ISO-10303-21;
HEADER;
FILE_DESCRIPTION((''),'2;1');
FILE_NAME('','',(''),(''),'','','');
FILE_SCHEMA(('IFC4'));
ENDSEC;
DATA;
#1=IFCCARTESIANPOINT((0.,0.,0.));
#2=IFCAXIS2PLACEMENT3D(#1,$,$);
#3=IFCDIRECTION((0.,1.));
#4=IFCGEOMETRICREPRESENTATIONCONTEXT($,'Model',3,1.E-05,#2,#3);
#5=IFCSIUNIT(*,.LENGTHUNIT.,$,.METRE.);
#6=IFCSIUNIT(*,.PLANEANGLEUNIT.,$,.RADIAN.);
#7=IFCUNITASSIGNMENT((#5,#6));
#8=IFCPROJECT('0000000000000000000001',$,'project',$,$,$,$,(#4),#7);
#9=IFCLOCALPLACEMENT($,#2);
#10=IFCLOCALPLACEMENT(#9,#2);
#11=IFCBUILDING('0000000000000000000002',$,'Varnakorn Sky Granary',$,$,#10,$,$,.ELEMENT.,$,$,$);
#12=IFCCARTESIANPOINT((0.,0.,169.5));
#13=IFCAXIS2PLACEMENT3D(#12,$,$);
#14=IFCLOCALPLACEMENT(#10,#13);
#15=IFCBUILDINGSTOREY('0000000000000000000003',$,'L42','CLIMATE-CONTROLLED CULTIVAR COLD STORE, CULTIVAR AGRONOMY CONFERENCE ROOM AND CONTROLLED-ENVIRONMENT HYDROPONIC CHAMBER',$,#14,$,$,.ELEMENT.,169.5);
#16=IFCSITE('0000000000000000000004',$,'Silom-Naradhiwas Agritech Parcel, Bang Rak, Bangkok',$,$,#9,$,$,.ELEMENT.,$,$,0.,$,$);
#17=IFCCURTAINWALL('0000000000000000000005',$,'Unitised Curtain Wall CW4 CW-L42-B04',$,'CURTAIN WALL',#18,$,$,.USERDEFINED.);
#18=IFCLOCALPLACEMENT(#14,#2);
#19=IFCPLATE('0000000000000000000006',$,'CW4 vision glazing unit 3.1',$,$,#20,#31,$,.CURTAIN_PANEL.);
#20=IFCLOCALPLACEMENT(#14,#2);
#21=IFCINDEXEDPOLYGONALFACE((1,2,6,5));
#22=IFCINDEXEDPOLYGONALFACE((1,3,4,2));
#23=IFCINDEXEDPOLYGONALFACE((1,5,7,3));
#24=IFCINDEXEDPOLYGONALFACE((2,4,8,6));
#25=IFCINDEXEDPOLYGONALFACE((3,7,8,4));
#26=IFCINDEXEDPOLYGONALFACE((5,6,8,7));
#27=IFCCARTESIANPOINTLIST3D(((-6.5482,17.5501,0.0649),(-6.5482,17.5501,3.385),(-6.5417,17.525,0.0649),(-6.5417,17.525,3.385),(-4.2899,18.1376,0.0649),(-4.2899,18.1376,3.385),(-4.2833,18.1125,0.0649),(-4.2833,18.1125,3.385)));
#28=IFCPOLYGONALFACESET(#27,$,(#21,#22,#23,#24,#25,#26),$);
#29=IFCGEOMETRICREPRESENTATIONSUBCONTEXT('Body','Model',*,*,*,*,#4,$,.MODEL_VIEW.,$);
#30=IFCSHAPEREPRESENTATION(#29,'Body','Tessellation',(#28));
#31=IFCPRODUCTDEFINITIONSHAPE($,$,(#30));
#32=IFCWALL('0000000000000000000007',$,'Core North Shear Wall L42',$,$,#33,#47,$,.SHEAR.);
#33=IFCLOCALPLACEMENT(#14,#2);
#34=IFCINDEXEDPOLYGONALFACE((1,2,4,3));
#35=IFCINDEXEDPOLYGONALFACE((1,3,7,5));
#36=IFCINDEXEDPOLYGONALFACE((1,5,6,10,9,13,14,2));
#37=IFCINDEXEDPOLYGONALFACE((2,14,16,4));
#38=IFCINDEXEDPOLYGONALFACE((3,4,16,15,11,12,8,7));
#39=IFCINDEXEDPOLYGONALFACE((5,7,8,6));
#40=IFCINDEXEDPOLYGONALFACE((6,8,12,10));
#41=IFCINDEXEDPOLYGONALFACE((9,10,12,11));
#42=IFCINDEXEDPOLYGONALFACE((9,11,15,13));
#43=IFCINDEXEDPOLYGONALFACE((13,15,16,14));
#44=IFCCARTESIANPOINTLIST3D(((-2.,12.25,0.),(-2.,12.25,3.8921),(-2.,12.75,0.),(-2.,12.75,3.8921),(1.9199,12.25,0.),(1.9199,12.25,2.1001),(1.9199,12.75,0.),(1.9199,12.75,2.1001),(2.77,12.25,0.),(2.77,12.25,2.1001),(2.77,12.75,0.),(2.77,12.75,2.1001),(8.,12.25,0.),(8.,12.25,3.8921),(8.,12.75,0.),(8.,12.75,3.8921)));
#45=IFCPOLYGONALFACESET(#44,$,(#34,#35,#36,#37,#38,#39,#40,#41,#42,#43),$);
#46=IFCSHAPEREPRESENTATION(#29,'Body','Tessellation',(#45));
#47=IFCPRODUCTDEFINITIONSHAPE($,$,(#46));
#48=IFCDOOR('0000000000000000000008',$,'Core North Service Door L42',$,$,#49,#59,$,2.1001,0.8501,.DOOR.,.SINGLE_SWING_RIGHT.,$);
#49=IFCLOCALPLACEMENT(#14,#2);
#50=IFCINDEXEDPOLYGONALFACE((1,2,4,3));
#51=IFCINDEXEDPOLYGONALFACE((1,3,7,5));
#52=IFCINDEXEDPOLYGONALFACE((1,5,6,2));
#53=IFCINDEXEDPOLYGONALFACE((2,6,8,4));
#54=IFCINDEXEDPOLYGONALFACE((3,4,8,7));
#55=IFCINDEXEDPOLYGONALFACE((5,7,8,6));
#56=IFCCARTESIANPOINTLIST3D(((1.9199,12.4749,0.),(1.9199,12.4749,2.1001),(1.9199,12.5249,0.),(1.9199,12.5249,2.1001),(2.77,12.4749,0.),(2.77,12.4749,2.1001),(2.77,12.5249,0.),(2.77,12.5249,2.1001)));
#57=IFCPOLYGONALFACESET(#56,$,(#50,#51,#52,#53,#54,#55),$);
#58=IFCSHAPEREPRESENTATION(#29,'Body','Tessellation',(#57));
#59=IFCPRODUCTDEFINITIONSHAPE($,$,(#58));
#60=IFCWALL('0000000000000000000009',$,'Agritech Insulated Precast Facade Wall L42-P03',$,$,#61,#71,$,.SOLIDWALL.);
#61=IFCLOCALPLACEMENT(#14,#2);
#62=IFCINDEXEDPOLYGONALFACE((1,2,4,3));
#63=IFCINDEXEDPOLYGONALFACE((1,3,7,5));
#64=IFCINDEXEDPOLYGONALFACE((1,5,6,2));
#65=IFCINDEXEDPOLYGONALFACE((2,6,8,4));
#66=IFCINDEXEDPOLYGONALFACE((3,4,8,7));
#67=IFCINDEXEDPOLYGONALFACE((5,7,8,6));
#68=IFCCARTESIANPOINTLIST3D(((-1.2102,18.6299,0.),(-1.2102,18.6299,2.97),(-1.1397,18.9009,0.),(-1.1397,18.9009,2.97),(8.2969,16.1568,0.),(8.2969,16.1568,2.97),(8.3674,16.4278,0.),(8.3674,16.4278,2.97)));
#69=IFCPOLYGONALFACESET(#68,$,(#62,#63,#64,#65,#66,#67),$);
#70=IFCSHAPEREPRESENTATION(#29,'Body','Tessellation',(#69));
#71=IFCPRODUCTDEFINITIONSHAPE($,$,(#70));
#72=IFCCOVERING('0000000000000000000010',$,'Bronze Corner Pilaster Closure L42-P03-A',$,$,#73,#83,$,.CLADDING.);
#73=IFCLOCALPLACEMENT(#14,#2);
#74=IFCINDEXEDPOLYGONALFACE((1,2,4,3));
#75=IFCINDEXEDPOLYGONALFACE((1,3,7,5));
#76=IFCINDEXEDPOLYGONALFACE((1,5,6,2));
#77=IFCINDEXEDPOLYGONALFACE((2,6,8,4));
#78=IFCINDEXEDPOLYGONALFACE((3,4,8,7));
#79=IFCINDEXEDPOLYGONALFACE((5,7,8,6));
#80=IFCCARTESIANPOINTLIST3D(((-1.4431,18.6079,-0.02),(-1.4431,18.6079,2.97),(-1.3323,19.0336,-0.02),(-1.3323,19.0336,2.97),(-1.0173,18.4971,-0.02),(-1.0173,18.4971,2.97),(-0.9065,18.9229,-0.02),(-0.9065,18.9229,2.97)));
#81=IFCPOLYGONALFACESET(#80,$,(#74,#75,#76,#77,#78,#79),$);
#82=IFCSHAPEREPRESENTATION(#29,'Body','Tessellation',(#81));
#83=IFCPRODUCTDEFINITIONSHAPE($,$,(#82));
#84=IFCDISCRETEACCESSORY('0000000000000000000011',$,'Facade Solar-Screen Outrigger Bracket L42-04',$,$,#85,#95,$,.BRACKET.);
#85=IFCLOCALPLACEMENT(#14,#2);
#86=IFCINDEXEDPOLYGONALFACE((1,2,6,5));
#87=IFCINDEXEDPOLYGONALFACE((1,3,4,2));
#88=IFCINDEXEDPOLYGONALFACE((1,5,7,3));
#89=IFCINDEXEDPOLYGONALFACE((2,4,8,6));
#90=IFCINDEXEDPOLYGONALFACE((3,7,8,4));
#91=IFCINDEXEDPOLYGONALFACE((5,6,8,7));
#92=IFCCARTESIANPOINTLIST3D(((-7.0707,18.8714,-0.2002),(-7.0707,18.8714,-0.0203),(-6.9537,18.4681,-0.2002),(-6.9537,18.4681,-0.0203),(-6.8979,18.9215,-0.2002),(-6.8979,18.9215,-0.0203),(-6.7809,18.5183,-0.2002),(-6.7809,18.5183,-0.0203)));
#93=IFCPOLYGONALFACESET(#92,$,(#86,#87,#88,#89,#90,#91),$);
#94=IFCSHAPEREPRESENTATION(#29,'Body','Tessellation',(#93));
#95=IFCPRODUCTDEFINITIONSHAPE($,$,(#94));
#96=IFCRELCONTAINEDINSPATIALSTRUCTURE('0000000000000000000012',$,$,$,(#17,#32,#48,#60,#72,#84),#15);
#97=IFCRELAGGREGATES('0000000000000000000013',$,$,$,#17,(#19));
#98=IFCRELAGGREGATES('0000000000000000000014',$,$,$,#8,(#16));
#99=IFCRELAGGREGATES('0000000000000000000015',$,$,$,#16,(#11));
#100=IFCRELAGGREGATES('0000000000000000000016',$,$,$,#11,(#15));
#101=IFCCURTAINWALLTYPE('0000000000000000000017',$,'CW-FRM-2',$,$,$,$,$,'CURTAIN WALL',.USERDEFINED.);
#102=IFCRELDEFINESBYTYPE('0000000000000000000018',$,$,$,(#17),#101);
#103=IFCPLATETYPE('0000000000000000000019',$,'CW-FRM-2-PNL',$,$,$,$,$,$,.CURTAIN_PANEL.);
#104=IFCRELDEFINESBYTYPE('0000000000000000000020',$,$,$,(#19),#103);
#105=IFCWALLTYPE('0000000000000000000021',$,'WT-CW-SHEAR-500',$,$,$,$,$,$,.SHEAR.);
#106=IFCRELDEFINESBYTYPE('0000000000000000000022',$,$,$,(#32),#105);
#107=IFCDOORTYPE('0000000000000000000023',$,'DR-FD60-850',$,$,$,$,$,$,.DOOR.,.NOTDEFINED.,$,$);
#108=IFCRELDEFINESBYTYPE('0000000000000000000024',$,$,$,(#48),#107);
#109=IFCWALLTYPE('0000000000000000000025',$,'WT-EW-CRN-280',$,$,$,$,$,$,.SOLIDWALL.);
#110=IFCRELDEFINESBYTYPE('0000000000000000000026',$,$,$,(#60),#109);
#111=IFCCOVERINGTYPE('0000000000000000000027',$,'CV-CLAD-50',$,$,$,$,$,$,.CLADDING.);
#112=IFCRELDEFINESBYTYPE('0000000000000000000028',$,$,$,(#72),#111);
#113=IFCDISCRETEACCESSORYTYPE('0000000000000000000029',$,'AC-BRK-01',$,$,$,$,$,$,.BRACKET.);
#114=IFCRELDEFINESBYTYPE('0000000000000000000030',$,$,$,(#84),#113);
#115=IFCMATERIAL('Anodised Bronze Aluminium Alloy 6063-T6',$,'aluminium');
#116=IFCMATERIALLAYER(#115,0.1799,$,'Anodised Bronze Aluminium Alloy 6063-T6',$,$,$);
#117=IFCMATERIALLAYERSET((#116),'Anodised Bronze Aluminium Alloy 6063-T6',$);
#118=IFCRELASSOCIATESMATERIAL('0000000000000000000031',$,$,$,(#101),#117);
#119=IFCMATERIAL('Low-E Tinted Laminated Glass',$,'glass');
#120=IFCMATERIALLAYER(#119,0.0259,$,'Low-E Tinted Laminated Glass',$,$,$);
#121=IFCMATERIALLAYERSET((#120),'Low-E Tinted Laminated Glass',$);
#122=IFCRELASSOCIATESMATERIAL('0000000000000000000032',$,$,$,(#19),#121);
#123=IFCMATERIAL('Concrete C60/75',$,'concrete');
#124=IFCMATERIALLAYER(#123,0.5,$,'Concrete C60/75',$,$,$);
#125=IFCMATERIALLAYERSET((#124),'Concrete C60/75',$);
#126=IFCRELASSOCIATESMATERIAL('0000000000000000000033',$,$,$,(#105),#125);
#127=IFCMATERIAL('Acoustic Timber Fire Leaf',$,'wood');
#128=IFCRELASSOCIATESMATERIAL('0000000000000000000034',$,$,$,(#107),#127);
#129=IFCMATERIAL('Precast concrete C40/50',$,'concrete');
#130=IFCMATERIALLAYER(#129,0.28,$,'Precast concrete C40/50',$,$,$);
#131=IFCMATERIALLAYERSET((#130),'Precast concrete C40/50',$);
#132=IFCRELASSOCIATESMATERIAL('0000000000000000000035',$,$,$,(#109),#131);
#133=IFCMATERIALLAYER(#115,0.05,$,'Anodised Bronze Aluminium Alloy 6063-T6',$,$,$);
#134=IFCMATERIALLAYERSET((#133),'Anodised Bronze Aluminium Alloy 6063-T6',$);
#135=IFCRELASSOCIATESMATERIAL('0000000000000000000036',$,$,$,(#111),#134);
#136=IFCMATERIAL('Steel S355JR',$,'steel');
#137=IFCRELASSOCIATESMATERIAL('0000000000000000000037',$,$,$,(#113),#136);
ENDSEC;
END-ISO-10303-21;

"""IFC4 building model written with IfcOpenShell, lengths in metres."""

from ifc_helpers import new_model, si_unit, direction, frame, frame_2d, origin, origin_2d, place, context, subcontext, project, spatial, rectangle, extrude, source, transform, mapped, material, layer, layer_set, type_object, type_shapes, element, fill, aggregate, save


model = new_model("IFC4")

# Units and contexts
model_context = context("Model", 3, precision=1e-05, world=origin(), true_north=direction((0.0, 1.0)))
body_context = subcontext(model_context, "Body", "Model", "MODEL_VIEW")
ifc_project = project(units=[si_unit("LENGTHUNIT", "METRE"), si_unit("PLANEANGLEUNIT", "RADIAN")], contexts=[model_context])

# Site, building, storey
site_placement = place(None, origin())
site = spatial("IfcSite", under=ifc_project, at=site_placement, Name="Silom-Naradhiwas Agritech Parcel, Bang Rak, Bangkok", CompositionType="ELEMENT", RefElevation=0.0)
building_placement = place(site_placement, origin())
building = spatial("IfcBuilding", under=site, at=building_placement, Name="Varnakorn Sky Granary", CompositionType="ELEMENT")
storey_placement = place(building_placement, frame((0.0, 0.0, 169.5)))
storey = spatial("IfcBuildingStorey", under=building, at=storey_placement, Name="L42", Description="CLIMATE-CONTROLLED CULTIVAR COLD STORE, CULTIVAR AGRONOMY CONFERENCE ROOM AND CONTROLLED-ENVIRONMENT HYDROPONIC CHAMBER", CompositionType="ELEMENT", Elevation=169.5)

# Shared definitions
ifc_material_1 = material(Name="Steel S355JR", Category="steel")

# Curtain wall, plate
ifc_material_2 = material(Name="Anodised Bronze Aluminium Alloy 6063-T6", Category="aluminium")
ifc_layer_1 = layer(ifc_material_2, 0.1799, Name="Anodised Bronze Aluminium Alloy 6063-T6")
ifc_layer_set_1 = layer_set([ifc_layer_1], Name="Anodised Bronze Aluminium Alloy 6063-T6")
curtain_wall_type = type_object("IfcCurtainWallType", Name="CW-FRM-2", ElementType="CURTAIN WALL", PredefinedType="USERDEFINED", material=ifc_layer_set_1)
curtain_wall_placement = place(storey_placement, origin())
curtain_wall = element("IfcCurtainWall", 1, at=curtain_wall_placement, inside=storey, type_object=curtain_wall_type, Name="Unitised Curtain Wall CW4 CW-L42-B04", ObjectType="CURTAIN WALL", PredefinedType="USERDEFINED")
ifc_material_3 = material(Name="Low-E Tinted Laminated Glass", Category="glass")
ifc_layer_2 = layer(ifc_material_3, 0.0259, Name="Low-E Tinted Laminated Glass")
ifc_layer_set_2 = layer_set([ifc_layer_2], Name="Low-E Tinted Laminated Glass")
plate_type = type_object("IfcPlateType", Name="CW-FRM-2-PNL", PredefinedType="CURTAIN_PANEL")
shared_shape_1 = source(origin(), body_context, "Body", "SweptSolid", [
    extrude(rectangle(XDim=2.3335, YDim=0.0259, at=origin_2d()), origin(), (0.0, 0.0, 1.0), 3.3201),
])
plate_1_placement = place(storey_placement, frame((-5.4158, 17.8313, 0.0649), z_axis=(0.0, 0.0, 1.0), x_axis=(0.96779, 0.251759, 0.0)))
plate_1 = element("IfcPlate", 2, at=plate_1_placement, type_object=plate_type, material=ifc_layer_set_2, Name="CW4 vision glazing unit 3.1", PredefinedType="CURTAIN_PANEL", context=body_context, shape_type="MappedRepresentation", body=[
    mapped(shared_shape_1, transform((0.0, 0.0, 0.0), x_axis=(1.0, 0.0, 0.0), y_axis=(0.0, 1.0, 0.0), z_axis=(0.0, 0.0, 1.0), scale=1.0)),
])
aggregate(curtain_wall, [plate_1])

# Wall, opening, door
ifc_material_4 = material(Name="Concrete C60/75", Category="concrete")
ifc_layer_3 = layer(ifc_material_4, 0.5, Name="Concrete C60/75")
ifc_layer_set_3 = layer_set([ifc_layer_3], Name="Concrete C60/75")
wall_type_1 = type_object("IfcWallType", Name="WT-CW-SHEAR-500", PredefinedType="SHEAR", material=ifc_layer_set_3)
wall_1_placement = place(storey_placement, frame((-2.0, 12.5, 0.0), z_axis=(0.0, 0.0, 1.0), x_axis=(1.0, 0.0, 0.0)))
wall_1 = element("IfcWall", 3, at=wall_1_placement, inside=storey, type_object=wall_type_1, Name="Core North Shear Wall L42", PredefinedType="SHEAR", context=body_context, shape_type="SweptSolid", body=[
    extrude(rectangle(XDim=10.0, YDim=0.5, at=frame_2d((5.0, 0.0))), origin(), (0.0, 0.0, 1.0), 3.8921),
])
opening_placement = place(wall_1_placement, frame((3.9199, 0.0, 0.0)))
opening = element("IfcOpeningElement", 4, at=opening_placement, cuts=wall_1, PredefinedType="OPENING", context=body_context, shape_type="SweptSolid", body=[
    extrude(rectangle(XDim=0.8501, YDim=2.1001, at=frame_2d((0.425, 1.05))), frame((0.0, 0.26, 0.0), z_axis=(0.0, -1.0, 0.0), x_axis=(1.0, 0.0, 0.0)), (0.0, 0.0, 1.0), 0.52),
])
ifc_material_5 = material(Name="Acoustic Timber Fire Leaf", Category="wood")
door_type = type_object("IfcDoorType", Name="DR-FD60-850", OperationType="NOTDEFINED", PredefinedType="DOOR", material=ifc_material_5)
door_placement = place(opening_placement, origin())
door = element("IfcDoor", 5, at=door_placement, inside=storey, type_object=door_type, Name="Core North Service Door L42", OperationType="SINGLE_SWING_RIGHT", OverallHeight=2.1001, OverallWidth=0.8501, PredefinedType="DOOR", context=body_context, shape_type="SweptSolid", body=[
    extrude(rectangle(XDim=0.8501, YDim=2.1001, at=frame_2d((0.425, 1.05))), frame((0.0, 0.0249, 0.0), z_axis=(0.0, -1.0, 0.0), x_axis=(1.0, 0.0, 0.0)), (0.0, 0.0, 1.0), 0.05),
])
fill(opening, door)

# Wall
ifc_material_6 = material(Name="Precast concrete C40/50", Category="concrete")
ifc_layer_4 = layer(ifc_material_6, 0.28, Name="Precast concrete C40/50")
ifc_layer_set_4 = layer_set([ifc_layer_4], Name="Precast concrete C40/50")
wall_type_2 = type_object("IfcWallType", Name="WT-EW-CRN-280", PredefinedType="SOLIDWALL", material=ifc_layer_set_4)
wall_2_placement = place(storey_placement, frame((-1.1748, 18.7654, 0.0), z_axis=(0.0, 0.0, 1.0), x_axis=(0.96779, -0.251758, 0.0)))
element("IfcWall", 6, at=wall_2_placement, inside=storey, type_object=wall_type_2, Name="Agritech Insulated Precast Facade Wall L42-P03", PredefinedType="SOLIDWALL", context=body_context, shape_type="SweptSolid", body=[
    extrude(rectangle(XDim=9.8235, YDim=0.28, at=frame_2d((4.9116, 0.0))), origin(), (0.0, 0.0, 1.0), 2.97),
])

# Covering
ifc_layer_5 = layer(ifc_material_2, 0.05, Name="Anodised Bronze Aluminium Alloy 6063-T6")
ifc_layer_set_5 = layer_set([ifc_layer_5], Name="Anodised Bronze Aluminium Alloy 6063-T6")
covering_type = type_object("IfcCoveringType", Name="CV-CLAD-50", PredefinedType="CLADDING", material=ifc_layer_set_5)
shared_shape_2 = source(origin(), body_context, "Body", "SweptSolid", [
    extrude(rectangle(XDim=0.4399, YDim=0.4399, at=origin_2d()), origin(), (0.0, 0.0, 1.0), 2.99),
])
type_shapes(covering_type, [shared_shape_2])
covering_placement = place(storey_placement, frame((-1.1748, 18.7654, -0.02), z_axis=(0.0, 0.0, 1.0), x_axis=(0.967797, -0.251732, 0.0)))
element("IfcCovering", 7, at=covering_placement, inside=storey, type_object=covering_type, Name="Bronze Corner Pilaster Closure L42-P03-A", PredefinedType="CLADDING", context=body_context, shape_type="MappedRepresentation", body=[
    mapped(shared_shape_2, transform((0.0, 0.0, 0.0), x_axis=(1.0, 0.0, 0.0), y_axis=(0.0, 1.0, 0.0), z_axis=(0.0, 0.0, 1.0), scale=1.0)),
])

# Discrete accessory
discrete_accessory_type = type_object("IfcDiscreteAccessoryType", Name="AC-BRK-01", PredefinedType="BRACKET", material=ifc_material_1)
shared_shape_3 = source(origin(), body_context, "Body", "SweptSolid", [
    extrude(rectangle(XDim=0.1799, YDim=0.4199, at=origin_2d()), origin(), (0.0, 0.0, 1.0), 0.1799),
])
type_shapes(discrete_accessory_type, [shared_shape_3])
discrete_accessory_placement = place(storey_placement, frame((-6.9258, 18.6948, -0.2002), z_axis=(0.0, 0.0, 1.0), x_axis=(-0.960368, -0.278735, 0.0)))
element("IfcDiscreteAccessory", 8, at=discrete_accessory_placement, inside=storey, type_object=discrete_accessory_type, Name="Facade Solar-Screen Outrigger Bracket L42-04", PredefinedType="BRACKET", context=body_context, shape_type="MappedRepresentation", body=[
    mapped(shared_shape_3, transform((0.0, 0.0, 0.0), x_axis=(1.0, 0.0, 0.0), y_axis=(0.0, 1.0, 0.0), z_axis=(0.0, 0.0, 1.0), scale=1.0)),
])

save(model, "model.ifc")
